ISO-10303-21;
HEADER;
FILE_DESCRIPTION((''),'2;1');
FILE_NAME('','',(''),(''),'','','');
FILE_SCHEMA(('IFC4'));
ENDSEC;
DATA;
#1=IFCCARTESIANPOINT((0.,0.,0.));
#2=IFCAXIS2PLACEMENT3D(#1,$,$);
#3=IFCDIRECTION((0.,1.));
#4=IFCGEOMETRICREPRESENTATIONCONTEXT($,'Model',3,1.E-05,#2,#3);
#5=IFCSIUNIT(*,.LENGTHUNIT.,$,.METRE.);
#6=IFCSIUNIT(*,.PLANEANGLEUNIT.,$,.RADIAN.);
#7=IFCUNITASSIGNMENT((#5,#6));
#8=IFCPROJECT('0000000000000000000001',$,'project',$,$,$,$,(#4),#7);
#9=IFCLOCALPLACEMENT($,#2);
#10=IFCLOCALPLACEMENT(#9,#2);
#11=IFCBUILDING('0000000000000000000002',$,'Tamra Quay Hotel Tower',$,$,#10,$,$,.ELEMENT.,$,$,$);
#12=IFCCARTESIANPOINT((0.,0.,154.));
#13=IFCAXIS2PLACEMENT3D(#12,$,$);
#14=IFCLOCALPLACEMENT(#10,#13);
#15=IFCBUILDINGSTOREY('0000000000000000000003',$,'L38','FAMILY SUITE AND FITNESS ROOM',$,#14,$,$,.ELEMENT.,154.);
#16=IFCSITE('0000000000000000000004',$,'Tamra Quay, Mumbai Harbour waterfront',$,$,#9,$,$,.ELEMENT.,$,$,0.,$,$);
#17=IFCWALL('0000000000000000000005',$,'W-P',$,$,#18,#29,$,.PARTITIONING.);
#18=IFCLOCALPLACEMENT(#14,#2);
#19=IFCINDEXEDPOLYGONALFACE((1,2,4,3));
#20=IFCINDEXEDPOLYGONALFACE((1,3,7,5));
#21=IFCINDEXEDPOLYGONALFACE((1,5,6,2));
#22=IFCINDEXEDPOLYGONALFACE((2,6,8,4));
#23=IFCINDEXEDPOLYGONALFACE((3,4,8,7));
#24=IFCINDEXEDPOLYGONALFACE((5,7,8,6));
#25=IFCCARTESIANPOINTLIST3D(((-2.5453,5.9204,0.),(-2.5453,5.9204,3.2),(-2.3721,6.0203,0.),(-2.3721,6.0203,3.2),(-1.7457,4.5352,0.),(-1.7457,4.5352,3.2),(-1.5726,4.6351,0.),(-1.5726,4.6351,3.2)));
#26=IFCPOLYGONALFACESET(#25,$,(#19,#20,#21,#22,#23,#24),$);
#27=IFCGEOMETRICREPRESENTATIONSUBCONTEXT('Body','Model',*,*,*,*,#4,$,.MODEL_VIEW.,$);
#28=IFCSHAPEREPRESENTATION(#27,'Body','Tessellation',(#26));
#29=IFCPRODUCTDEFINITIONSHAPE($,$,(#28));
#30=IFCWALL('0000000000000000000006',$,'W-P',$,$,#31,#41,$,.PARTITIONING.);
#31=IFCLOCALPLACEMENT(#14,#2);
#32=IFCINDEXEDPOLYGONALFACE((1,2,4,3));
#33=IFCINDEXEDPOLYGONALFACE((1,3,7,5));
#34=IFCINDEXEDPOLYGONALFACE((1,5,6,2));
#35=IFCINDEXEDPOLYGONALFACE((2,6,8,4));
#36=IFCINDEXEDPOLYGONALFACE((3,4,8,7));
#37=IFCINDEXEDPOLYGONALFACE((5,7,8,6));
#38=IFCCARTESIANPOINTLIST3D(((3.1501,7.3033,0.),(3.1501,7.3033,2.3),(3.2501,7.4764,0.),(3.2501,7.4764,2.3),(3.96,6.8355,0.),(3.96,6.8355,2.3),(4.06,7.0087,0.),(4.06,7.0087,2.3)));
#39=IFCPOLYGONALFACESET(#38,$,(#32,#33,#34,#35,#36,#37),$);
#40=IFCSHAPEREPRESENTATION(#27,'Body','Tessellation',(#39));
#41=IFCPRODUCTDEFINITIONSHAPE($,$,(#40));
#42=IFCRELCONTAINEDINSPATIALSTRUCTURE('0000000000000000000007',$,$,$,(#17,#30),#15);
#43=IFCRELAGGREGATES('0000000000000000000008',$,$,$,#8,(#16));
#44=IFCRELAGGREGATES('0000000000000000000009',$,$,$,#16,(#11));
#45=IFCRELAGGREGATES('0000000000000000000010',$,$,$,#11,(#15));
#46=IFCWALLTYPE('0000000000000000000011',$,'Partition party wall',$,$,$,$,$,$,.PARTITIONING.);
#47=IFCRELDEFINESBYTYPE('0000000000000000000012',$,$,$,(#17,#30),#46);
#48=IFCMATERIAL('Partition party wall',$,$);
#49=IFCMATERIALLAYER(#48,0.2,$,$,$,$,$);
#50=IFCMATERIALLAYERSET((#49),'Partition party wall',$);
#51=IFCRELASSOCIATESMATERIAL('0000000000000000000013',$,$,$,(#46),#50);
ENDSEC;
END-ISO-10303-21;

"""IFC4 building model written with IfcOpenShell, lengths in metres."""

from ifc_helpers import new_model, si_unit, direction, frame, frame_2d, origin, place, context, subcontext, project, spatial, rectangle, extrude, material, layer, layer_set, type_object, element, save


model = new_model("IFC4")

# Units and contexts
model_context = context("Model", 3, precision=1e-05, world=origin(), true_north=direction((0.0, 1.0)))
body_context = subcontext(model_context, "Body", "Model", "MODEL_VIEW")
ifc_project = project(units=[si_unit("LENGTHUNIT", "METRE"), si_unit("PLANEANGLEUNIT", "RADIAN")], contexts=[model_context])

# Site, building, storey
site_placement = place(None, origin())
site = spatial("IfcSite", under=ifc_project, at=site_placement, Name="Tamra Quay, Mumbai Harbour waterfront", CompositionType="ELEMENT", RefElevation=0.0)
building_placement = place(site_placement, origin())
building = spatial("IfcBuilding", under=site, at=building_placement, Name="Tamra Quay Hotel Tower", CompositionType="ELEMENT")
storey_placement = place(building_placement, frame((0.0, 0.0, 154.0)))
storey = spatial("IfcBuildingStorey", under=building, at=storey_placement, Name="L38", Description="FAMILY SUITE AND FITNESS ROOM", CompositionType="ELEMENT", Elevation=154.0)

# Walls
ifc_material_1 = material(Name="Partition party wall")
ifc_layer_1 = layer(ifc_material_1, 0.2)
ifc_layer_set_1 = layer_set([ifc_layer_1], Name="Partition party wall")
wall_type_1 = type_object("IfcWallType", Name="Partition party wall", PredefinedType="PARTITIONING", material=ifc_layer_set_1)
wall_1_placement = place(storey_placement, frame((-2.4587, 5.9705, 0.0), z_axis=(0.0, 0.0, 1.0), x_axis=(0.499899, -0.866084, 0.0)))
element("IfcWall", 1, at=wall_1_placement, inside=storey, type_object=wall_type_1, Name="W-P", PredefinedType="PARTITIONING", context=body_context, shape_type="SweptSolid", body=[
    extrude(rectangle(XDim=1.5994, YDim=0.2, at=frame_2d((0.7998, 0.0))), origin(), (0.0, 0.0, 1.0), 3.2),
])
wall_2_placement = place(storey_placement, frame((3.2, 7.3899, 0.0), z_axis=(0.0, 0.0, 1.0), x_axis=(0.865986, -0.500069, 0.0)))
element("IfcWall", 2, at=wall_2_placement, inside=storey, type_object=wall_type_1, Name="W-P", PredefinedType="PARTITIONING", context=body_context, shape_type="SweptSolid", body=[
    extrude(rectangle(XDim=0.9353, YDim=0.2, at=frame_2d((0.4678, 0.0))), origin(), (0.0, 0.0, 1.0), 2.3),
])

save(model, "model.ifc")
